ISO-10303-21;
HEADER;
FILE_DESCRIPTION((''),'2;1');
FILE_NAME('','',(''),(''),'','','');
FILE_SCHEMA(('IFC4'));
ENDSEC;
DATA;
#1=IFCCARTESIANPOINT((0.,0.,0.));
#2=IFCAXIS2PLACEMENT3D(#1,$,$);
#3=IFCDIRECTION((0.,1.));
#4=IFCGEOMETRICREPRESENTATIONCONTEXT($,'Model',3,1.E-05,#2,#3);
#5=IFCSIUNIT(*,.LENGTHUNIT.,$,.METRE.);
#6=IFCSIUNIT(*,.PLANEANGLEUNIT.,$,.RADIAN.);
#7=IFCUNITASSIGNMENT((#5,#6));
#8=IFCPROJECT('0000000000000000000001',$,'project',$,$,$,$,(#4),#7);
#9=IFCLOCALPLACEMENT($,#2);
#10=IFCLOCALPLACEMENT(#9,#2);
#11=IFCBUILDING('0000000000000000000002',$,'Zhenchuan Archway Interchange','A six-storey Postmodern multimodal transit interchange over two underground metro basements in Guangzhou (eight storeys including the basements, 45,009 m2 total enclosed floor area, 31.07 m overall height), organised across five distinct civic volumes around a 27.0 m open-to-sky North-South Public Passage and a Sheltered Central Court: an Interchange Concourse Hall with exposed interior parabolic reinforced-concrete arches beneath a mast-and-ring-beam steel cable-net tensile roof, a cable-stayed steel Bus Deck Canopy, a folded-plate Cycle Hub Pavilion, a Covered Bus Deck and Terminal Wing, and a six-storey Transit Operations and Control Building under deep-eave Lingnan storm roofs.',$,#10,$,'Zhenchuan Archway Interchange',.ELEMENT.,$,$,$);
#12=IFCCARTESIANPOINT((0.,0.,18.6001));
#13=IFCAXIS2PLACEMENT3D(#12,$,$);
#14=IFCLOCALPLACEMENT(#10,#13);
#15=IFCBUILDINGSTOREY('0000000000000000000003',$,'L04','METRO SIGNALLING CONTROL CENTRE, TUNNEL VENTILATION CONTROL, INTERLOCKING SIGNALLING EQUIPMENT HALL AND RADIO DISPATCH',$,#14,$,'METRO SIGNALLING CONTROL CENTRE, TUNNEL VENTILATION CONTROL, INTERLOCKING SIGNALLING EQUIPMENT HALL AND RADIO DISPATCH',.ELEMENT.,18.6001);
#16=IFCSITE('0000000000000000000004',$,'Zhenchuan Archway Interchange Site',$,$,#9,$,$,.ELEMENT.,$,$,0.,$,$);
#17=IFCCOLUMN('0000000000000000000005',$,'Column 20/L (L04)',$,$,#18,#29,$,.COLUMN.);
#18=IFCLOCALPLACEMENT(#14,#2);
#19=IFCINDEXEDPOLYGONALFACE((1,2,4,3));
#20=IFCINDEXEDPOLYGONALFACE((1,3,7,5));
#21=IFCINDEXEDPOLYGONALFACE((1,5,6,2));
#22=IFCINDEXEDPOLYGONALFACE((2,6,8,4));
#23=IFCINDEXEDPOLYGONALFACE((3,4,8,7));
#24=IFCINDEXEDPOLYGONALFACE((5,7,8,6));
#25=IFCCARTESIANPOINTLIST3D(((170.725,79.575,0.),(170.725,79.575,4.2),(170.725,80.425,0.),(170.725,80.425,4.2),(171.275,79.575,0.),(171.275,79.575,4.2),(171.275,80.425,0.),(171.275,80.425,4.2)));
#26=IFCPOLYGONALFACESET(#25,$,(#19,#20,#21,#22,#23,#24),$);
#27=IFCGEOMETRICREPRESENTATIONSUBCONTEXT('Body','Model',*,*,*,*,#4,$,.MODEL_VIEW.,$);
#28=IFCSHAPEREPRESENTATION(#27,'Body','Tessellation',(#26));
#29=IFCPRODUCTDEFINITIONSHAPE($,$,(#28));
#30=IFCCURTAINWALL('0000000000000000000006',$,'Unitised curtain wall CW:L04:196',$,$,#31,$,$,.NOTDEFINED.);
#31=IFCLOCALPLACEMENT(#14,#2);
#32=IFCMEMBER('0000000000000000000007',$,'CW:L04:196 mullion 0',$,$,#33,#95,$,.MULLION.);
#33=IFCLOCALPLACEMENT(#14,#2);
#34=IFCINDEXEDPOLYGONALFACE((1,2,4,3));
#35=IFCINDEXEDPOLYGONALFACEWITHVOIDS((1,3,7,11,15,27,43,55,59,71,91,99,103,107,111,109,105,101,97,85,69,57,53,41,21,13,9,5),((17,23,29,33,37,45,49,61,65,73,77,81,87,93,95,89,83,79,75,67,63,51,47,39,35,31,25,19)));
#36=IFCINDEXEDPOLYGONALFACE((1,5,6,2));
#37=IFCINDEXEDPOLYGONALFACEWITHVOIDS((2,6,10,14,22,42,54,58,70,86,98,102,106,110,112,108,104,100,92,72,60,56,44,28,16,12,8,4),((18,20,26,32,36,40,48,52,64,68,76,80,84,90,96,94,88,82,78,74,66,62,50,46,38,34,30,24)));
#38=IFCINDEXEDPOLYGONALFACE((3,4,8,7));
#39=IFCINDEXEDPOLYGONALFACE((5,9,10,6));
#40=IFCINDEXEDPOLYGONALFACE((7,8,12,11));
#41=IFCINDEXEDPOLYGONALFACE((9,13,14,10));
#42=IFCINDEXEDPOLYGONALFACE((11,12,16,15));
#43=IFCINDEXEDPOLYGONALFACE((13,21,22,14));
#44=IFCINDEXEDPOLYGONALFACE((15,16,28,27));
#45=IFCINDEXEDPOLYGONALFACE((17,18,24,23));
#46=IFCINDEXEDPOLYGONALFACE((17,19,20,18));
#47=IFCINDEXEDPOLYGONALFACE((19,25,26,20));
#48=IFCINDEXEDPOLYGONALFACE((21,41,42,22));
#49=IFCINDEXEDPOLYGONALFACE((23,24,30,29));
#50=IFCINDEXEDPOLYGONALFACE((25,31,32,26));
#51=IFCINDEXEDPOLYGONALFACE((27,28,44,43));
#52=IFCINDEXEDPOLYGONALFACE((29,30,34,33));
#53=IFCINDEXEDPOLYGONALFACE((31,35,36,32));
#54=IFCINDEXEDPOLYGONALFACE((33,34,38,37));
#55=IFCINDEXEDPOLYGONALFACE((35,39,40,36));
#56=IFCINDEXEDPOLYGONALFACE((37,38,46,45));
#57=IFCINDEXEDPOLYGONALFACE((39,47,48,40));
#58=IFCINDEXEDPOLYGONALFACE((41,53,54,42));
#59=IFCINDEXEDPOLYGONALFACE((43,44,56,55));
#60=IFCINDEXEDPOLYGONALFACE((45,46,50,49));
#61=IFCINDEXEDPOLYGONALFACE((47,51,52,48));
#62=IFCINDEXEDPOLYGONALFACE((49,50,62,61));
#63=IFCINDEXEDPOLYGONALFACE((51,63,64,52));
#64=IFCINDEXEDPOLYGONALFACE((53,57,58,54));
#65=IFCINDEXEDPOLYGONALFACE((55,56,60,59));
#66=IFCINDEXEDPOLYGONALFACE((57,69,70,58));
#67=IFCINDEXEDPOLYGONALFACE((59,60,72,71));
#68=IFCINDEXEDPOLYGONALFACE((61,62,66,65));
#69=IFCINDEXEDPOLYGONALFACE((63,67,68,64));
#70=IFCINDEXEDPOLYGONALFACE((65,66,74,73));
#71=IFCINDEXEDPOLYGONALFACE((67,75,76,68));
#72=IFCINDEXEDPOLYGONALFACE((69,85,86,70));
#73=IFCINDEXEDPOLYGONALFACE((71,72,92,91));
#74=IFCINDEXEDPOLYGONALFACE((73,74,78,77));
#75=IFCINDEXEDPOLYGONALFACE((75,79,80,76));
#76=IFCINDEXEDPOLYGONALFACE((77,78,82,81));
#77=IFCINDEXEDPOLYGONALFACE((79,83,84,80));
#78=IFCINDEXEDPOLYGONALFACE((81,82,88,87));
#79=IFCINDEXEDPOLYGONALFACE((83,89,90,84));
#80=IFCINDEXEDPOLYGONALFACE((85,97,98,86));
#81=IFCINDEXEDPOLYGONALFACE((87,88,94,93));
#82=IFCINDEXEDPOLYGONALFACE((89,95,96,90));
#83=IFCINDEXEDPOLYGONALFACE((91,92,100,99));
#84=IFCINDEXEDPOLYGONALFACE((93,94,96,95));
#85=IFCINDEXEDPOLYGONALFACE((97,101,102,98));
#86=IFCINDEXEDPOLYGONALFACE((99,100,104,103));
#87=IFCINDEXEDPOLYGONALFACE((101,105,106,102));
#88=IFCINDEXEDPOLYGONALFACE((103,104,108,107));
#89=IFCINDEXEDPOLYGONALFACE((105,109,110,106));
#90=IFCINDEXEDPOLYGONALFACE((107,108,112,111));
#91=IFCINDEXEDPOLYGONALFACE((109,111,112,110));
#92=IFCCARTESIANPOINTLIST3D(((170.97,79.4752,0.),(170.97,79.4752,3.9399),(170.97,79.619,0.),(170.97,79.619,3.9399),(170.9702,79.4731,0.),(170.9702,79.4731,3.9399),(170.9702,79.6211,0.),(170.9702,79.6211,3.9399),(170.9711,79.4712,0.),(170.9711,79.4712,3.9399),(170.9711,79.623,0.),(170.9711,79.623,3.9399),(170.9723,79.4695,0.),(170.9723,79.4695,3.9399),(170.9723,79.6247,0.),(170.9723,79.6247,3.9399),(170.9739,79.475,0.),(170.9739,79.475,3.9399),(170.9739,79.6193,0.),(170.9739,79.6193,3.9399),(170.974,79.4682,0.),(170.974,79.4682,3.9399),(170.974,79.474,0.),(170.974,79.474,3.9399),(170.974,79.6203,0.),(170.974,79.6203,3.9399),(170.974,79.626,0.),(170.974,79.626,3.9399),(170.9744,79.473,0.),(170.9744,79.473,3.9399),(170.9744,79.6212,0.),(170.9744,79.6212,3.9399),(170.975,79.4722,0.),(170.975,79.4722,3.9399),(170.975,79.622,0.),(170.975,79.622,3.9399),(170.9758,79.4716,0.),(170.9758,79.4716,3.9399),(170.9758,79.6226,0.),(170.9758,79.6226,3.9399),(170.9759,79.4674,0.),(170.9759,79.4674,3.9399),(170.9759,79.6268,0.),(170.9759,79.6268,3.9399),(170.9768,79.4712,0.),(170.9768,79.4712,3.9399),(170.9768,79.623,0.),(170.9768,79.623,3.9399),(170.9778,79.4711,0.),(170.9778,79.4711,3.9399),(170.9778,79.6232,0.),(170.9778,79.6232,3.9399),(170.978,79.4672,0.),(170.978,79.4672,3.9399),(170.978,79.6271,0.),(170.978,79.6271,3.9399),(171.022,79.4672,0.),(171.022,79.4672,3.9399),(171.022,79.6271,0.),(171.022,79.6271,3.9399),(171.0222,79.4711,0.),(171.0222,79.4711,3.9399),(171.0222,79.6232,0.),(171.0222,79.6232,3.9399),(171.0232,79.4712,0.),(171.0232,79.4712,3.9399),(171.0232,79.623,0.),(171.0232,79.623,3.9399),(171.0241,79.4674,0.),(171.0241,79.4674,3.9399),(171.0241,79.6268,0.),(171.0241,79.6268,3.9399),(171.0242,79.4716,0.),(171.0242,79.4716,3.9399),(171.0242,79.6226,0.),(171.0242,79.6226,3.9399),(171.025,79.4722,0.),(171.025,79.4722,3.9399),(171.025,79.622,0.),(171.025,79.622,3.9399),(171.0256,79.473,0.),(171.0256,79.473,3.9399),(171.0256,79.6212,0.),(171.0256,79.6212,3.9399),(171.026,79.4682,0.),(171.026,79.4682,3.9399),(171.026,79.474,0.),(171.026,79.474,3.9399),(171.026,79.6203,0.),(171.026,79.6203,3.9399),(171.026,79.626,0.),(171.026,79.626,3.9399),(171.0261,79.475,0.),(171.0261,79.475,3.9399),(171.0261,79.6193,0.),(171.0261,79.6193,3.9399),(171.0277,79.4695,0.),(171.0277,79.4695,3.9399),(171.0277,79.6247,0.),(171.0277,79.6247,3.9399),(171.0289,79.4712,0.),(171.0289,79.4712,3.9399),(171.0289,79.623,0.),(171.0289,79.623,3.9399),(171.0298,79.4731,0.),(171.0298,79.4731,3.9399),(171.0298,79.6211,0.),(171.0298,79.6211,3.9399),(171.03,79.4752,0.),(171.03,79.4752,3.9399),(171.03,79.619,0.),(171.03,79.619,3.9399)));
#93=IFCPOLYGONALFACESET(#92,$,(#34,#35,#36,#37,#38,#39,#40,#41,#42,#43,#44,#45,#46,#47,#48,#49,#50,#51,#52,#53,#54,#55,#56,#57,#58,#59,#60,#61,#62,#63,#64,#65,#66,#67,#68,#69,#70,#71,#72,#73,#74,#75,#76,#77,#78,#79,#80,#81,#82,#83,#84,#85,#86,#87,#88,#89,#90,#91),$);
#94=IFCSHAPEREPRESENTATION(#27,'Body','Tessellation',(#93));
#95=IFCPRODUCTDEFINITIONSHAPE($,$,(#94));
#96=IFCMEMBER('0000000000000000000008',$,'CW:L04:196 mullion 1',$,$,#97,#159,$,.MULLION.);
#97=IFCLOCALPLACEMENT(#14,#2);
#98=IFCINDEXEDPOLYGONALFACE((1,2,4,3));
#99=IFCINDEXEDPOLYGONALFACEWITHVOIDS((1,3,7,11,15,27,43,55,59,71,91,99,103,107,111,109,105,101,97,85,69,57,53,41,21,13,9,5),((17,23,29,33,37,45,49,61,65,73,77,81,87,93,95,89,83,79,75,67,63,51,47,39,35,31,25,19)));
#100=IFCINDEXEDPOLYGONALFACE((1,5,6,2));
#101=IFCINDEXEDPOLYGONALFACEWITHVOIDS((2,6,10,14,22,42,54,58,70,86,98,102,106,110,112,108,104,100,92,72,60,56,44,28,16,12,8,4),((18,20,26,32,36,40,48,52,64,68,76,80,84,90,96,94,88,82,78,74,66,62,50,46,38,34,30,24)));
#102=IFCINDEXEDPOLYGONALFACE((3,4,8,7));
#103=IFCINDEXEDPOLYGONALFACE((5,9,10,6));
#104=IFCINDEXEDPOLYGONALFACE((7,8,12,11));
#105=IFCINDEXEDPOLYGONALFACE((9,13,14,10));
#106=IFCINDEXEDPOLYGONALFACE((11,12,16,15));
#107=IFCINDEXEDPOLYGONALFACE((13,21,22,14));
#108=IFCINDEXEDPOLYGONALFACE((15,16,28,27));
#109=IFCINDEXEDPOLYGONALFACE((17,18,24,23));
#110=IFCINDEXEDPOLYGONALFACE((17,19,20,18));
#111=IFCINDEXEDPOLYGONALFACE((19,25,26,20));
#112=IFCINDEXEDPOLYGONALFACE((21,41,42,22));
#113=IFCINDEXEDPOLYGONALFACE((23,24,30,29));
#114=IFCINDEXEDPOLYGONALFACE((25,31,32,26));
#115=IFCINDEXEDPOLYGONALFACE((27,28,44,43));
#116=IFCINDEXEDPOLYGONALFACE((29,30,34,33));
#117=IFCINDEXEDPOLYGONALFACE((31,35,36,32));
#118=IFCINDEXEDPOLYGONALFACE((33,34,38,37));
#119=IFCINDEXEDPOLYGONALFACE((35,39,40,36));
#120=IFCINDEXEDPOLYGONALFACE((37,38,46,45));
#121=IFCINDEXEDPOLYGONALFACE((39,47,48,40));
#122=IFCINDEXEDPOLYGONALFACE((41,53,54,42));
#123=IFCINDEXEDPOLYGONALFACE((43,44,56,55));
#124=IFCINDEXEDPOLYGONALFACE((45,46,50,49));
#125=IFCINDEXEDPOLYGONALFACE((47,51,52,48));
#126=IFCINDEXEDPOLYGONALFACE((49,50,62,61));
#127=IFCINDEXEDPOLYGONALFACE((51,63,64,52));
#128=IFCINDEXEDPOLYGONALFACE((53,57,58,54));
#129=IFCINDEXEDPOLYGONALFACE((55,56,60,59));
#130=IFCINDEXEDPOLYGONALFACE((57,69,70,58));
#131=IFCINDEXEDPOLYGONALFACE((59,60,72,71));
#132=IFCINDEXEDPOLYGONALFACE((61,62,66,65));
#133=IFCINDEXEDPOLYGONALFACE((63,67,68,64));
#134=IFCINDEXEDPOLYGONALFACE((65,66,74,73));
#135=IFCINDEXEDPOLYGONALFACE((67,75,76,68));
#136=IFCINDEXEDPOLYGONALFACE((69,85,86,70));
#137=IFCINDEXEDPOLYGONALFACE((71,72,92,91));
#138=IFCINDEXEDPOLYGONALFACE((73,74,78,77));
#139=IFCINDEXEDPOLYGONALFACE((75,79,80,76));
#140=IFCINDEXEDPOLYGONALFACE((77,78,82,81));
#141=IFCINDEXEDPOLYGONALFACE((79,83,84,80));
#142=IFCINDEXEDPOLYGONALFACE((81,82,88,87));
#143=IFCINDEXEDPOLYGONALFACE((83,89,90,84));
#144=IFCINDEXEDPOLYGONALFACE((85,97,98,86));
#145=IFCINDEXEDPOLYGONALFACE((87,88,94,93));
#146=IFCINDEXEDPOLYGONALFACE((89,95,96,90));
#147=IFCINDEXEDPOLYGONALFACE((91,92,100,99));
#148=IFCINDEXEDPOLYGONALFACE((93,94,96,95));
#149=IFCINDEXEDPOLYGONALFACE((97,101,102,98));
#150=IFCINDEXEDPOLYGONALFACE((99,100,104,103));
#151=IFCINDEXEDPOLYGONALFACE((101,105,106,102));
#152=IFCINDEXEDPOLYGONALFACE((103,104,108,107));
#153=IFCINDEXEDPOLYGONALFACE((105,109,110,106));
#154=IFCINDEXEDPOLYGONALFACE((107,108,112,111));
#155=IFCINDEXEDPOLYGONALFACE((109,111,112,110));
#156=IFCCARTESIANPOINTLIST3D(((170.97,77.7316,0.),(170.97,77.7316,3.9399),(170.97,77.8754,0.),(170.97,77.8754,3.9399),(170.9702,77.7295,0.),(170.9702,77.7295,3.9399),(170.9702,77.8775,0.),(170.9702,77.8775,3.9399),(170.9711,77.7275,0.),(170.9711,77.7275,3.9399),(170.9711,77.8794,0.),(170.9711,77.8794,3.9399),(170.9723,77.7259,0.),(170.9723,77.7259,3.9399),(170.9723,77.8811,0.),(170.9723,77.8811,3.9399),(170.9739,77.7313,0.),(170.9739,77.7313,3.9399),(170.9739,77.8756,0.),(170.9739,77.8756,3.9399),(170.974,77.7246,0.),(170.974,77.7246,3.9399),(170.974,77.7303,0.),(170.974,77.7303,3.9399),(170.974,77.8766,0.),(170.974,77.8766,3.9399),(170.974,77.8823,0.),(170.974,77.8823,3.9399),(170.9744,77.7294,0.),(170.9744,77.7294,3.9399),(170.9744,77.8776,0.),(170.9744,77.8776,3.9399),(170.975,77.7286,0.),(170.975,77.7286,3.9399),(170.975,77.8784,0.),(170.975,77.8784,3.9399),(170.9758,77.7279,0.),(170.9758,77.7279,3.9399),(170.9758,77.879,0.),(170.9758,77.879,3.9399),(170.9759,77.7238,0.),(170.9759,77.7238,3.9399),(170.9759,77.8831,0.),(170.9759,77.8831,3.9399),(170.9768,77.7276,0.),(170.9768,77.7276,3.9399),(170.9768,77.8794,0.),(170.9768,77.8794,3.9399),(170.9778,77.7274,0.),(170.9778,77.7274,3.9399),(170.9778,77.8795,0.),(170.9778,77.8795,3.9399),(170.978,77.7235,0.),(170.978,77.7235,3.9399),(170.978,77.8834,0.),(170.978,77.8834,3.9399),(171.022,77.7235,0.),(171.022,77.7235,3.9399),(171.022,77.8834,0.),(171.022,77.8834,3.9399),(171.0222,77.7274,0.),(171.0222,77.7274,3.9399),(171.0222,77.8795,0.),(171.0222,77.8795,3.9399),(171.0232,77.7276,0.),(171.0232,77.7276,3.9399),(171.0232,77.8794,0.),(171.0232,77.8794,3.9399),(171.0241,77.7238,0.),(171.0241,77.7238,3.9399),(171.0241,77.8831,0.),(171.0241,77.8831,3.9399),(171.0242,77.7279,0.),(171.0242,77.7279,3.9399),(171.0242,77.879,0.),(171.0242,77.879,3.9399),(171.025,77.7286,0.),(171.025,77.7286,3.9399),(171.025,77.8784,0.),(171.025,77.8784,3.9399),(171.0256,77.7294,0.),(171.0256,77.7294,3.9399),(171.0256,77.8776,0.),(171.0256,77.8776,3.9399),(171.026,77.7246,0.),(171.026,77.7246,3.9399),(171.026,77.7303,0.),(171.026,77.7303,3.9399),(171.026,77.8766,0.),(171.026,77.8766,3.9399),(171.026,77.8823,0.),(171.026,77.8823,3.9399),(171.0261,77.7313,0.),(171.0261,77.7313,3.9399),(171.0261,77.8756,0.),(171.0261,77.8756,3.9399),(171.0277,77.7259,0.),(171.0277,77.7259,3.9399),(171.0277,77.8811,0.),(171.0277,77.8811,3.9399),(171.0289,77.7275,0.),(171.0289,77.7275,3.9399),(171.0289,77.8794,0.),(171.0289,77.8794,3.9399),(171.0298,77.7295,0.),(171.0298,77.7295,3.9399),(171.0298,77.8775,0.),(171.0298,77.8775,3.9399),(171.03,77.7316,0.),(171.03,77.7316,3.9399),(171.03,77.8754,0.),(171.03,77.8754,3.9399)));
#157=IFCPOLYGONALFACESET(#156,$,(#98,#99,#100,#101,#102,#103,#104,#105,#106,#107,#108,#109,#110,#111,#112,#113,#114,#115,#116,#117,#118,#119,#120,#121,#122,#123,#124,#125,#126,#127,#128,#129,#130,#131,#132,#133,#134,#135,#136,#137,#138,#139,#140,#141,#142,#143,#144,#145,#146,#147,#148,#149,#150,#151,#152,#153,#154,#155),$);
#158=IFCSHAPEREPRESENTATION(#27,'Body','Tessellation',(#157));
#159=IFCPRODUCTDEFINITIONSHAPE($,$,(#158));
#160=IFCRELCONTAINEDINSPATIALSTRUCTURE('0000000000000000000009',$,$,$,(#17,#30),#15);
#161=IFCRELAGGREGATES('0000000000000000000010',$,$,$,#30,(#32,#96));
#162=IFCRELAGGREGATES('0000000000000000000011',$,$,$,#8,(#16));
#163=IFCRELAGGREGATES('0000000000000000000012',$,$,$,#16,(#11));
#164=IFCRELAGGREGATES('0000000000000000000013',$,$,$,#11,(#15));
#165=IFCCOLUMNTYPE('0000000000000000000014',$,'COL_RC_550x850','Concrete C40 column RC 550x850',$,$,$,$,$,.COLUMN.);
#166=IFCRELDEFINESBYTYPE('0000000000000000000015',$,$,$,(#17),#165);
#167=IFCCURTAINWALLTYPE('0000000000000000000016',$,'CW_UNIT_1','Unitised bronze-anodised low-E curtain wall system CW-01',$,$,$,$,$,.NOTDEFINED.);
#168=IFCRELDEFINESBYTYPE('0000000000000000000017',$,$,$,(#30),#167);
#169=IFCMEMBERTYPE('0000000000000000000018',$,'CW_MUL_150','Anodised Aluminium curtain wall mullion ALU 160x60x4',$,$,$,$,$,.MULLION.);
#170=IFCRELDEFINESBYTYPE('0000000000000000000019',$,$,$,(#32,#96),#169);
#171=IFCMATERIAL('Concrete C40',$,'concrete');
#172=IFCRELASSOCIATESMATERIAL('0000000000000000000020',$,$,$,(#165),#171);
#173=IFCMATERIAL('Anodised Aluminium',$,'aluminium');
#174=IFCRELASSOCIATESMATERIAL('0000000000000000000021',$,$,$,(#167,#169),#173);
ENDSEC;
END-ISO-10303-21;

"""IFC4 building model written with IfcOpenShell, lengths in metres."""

from ifc_helpers import new_model, si_unit, direction, frame, origin, origin_2d, place, context, subcontext, project, spatial, rectangle, hollow_rectangle, extrude, material, material_profile, profile_set, type_object, element, aggregate, save


model = new_model("IFC4")

# Units and contexts
model_context = context("Model", 3, precision=1e-05, world=origin(), true_north=direction((0.0, 1.0)))
body_context = subcontext(model_context, "Body", "Model", "MODEL_VIEW")
ifc_project = project(units=[si_unit("LENGTHUNIT", "METRE"), si_unit("PLANEANGLEUNIT", "RADIAN")], contexts=[model_context])

# Site, building, storey
site_placement = place(None, origin())
site = spatial("IfcSite", under=ifc_project, at=site_placement, Name="Zhenchuan Archway Interchange Site", CompositionType="ELEMENT", RefElevation=0.0)
building_placement = place(site_placement, origin())
building = spatial("IfcBuilding", under=site, at=building_placement, Name="Zhenchuan Archway Interchange", Description="A six-storey Postmodern multimodal transit interchange over two underground metro basements in Guangzhou (eight storeys including the basements, 45,009 m2 total enclosed floor area, 31.07 m overall height), organised across five distinct civic volumes around a 27.0 m open-to-sky North-South Public Passage and a Sheltered Central Court: an Interchange Concourse Hall with exposed interior parabolic reinforced-concrete arches beneath a mast-and-ring-beam steel cable-net tensile roof, a cable-stayed steel Bus Deck Canopy, a folded-plate Cycle Hub Pavilion, a Covered Bus Deck and Terminal Wing, and a six-storey Transit Operations and Control Building under deep-eave Lingnan storm roofs.", LongName="Zhenchuan Archway Interchange", CompositionType="ELEMENT")
storey_placement = place(building_placement, frame((0.0, 0.0, 18.6001)))
storey = spatial("IfcBuildingStorey", under=building, at=storey_placement, Name="L04", Description="METRO SIGNALLING CONTROL CENTRE, TUNNEL VENTILATION CONTROL, INTERLOCKING SIGNALLING EQUIPMENT HALL AND RADIO DISPATCH", LongName="METRO SIGNALLING CONTROL CENTRE, TUNNEL VENTILATION CONTROL, INTERLOCKING SIGNALLING EQUIPMENT HALL AND RADIO DISPATCH", CompositionType="ELEMENT", Elevation=18.6001)

# Column
ifc_material_1 = material(Name="Concrete C40", Category="concrete")
ifc_material_profile_1 = material_profile(ifc_material_1, rectangle(XDim=0.55, YDim=0.8501, at=origin_2d()), Name="RC 550x850")
ifc_profile_set_1 = profile_set([ifc_material_profile_1], Name="Concrete C40")
column_type = type_object("IfcColumnType", Name="COL_RC_550x850", Description="Concrete C40 column RC 550x850", PredefinedType="COLUMN", material=ifc_profile_set_1)
column_placement = place(storey_placement, frame((171.0, 80.0, 0.0), z_axis=(0.0, 0.0, 1.0), x_axis=(1.0, 0.0, 0.0)))
element("IfcColumn", 1, at=column_placement, inside=storey, type_object=column_type, Name="Column 20/L (L04)", PredefinedType="COLUMN", context=body_context, shape_type="SweptSolid", body=[
    extrude(rectangle(XDim=0.55, YDim=0.8501, at=origin_2d()), origin(), (0.0, 0.0, 1.0), 4.2),
])

# Curtain wall, members
ifc_material_2 = material(Name="Anodised Aluminium", Category="aluminium")
curtain_wall_type = type_object("IfcCurtainWallType", Name="CW_UNIT_1", Description="Unitised bronze-anodised low-E curtain wall system CW-01", PredefinedType="NOTDEFINED", material=ifc_material_2)
curtain_wall_placement = place(storey_placement, origin())
curtain_wall = element("IfcCurtainWall", 2, at=curtain_wall_placement, inside=storey, type_object=curtain_wall_type, Name="Unitised curtain wall CW:L04:196", PredefinedType="NOTDEFINED")
ifc_material_profile_2 = material_profile(ifc_material_2, hollow_rectangle(XDim=0.0601, YDim=0.1599, WallThickness=0.0039, InnerFilletRadius=0.0039, OuterFilletRadius=0.0081, at=origin_2d()), Name="ALU 160x60x4")
ifc_profile_set_2 = profile_set([ifc_material_profile_2], Name="Anodised Aluminium")
member_type_1 = type_object("IfcMemberType", Name="CW_MUL_150", Description="Anodised Aluminium curtain wall mullion ALU 160x60x4", PredefinedType="MULLION", material=ifc_profile_set_2)
member_1_placement = place(storey_placement, frame((171.0, 79.5471, 0.0), z_axis=(0.0, 0.0, 1.0), x_axis=(1.0, 0.0, 0.0)))
member_1 = element("IfcMember", 3, at=member_1_placement, type_object=member_type_1, Name="CW:L04:196 mullion 0", PredefinedType="MULLION", context=body_context, shape_type="SweptSolid", body=[
    extrude(hollow_rectangle(XDim=0.0601, YDim=0.1599, WallThickness=0.0039, InnerFilletRadius=0.0039, OuterFilletRadius=0.0081, at=origin_2d()), origin(), (0.0, 0.0, 1.0), 3.9399),
])
member_2_placement = place(storey_placement, frame((171.0, 77.8035, 0.0), z_axis=(0.0, 0.0, 1.0), x_axis=(1.0, 0.0, 0.0)))
member_2 = element("IfcMember", 4, at=member_2_placement, type_object=member_type_1, Name="CW:L04:196 mullion 1", PredefinedType="MULLION", context=body_context, shape_type="SweptSolid", body=[
    extrude(hollow_rectangle(XDim=0.0601, YDim=0.1599, WallThickness=0.0039, InnerFilletRadius=0.0039, OuterFilletRadius=0.0081, at=origin_2d()), origin(), (0.0, 0.0, 1.0), 3.9399),
])
aggregate(curtain_wall, [member_1, member_2])

save(model, "model.ifc")
